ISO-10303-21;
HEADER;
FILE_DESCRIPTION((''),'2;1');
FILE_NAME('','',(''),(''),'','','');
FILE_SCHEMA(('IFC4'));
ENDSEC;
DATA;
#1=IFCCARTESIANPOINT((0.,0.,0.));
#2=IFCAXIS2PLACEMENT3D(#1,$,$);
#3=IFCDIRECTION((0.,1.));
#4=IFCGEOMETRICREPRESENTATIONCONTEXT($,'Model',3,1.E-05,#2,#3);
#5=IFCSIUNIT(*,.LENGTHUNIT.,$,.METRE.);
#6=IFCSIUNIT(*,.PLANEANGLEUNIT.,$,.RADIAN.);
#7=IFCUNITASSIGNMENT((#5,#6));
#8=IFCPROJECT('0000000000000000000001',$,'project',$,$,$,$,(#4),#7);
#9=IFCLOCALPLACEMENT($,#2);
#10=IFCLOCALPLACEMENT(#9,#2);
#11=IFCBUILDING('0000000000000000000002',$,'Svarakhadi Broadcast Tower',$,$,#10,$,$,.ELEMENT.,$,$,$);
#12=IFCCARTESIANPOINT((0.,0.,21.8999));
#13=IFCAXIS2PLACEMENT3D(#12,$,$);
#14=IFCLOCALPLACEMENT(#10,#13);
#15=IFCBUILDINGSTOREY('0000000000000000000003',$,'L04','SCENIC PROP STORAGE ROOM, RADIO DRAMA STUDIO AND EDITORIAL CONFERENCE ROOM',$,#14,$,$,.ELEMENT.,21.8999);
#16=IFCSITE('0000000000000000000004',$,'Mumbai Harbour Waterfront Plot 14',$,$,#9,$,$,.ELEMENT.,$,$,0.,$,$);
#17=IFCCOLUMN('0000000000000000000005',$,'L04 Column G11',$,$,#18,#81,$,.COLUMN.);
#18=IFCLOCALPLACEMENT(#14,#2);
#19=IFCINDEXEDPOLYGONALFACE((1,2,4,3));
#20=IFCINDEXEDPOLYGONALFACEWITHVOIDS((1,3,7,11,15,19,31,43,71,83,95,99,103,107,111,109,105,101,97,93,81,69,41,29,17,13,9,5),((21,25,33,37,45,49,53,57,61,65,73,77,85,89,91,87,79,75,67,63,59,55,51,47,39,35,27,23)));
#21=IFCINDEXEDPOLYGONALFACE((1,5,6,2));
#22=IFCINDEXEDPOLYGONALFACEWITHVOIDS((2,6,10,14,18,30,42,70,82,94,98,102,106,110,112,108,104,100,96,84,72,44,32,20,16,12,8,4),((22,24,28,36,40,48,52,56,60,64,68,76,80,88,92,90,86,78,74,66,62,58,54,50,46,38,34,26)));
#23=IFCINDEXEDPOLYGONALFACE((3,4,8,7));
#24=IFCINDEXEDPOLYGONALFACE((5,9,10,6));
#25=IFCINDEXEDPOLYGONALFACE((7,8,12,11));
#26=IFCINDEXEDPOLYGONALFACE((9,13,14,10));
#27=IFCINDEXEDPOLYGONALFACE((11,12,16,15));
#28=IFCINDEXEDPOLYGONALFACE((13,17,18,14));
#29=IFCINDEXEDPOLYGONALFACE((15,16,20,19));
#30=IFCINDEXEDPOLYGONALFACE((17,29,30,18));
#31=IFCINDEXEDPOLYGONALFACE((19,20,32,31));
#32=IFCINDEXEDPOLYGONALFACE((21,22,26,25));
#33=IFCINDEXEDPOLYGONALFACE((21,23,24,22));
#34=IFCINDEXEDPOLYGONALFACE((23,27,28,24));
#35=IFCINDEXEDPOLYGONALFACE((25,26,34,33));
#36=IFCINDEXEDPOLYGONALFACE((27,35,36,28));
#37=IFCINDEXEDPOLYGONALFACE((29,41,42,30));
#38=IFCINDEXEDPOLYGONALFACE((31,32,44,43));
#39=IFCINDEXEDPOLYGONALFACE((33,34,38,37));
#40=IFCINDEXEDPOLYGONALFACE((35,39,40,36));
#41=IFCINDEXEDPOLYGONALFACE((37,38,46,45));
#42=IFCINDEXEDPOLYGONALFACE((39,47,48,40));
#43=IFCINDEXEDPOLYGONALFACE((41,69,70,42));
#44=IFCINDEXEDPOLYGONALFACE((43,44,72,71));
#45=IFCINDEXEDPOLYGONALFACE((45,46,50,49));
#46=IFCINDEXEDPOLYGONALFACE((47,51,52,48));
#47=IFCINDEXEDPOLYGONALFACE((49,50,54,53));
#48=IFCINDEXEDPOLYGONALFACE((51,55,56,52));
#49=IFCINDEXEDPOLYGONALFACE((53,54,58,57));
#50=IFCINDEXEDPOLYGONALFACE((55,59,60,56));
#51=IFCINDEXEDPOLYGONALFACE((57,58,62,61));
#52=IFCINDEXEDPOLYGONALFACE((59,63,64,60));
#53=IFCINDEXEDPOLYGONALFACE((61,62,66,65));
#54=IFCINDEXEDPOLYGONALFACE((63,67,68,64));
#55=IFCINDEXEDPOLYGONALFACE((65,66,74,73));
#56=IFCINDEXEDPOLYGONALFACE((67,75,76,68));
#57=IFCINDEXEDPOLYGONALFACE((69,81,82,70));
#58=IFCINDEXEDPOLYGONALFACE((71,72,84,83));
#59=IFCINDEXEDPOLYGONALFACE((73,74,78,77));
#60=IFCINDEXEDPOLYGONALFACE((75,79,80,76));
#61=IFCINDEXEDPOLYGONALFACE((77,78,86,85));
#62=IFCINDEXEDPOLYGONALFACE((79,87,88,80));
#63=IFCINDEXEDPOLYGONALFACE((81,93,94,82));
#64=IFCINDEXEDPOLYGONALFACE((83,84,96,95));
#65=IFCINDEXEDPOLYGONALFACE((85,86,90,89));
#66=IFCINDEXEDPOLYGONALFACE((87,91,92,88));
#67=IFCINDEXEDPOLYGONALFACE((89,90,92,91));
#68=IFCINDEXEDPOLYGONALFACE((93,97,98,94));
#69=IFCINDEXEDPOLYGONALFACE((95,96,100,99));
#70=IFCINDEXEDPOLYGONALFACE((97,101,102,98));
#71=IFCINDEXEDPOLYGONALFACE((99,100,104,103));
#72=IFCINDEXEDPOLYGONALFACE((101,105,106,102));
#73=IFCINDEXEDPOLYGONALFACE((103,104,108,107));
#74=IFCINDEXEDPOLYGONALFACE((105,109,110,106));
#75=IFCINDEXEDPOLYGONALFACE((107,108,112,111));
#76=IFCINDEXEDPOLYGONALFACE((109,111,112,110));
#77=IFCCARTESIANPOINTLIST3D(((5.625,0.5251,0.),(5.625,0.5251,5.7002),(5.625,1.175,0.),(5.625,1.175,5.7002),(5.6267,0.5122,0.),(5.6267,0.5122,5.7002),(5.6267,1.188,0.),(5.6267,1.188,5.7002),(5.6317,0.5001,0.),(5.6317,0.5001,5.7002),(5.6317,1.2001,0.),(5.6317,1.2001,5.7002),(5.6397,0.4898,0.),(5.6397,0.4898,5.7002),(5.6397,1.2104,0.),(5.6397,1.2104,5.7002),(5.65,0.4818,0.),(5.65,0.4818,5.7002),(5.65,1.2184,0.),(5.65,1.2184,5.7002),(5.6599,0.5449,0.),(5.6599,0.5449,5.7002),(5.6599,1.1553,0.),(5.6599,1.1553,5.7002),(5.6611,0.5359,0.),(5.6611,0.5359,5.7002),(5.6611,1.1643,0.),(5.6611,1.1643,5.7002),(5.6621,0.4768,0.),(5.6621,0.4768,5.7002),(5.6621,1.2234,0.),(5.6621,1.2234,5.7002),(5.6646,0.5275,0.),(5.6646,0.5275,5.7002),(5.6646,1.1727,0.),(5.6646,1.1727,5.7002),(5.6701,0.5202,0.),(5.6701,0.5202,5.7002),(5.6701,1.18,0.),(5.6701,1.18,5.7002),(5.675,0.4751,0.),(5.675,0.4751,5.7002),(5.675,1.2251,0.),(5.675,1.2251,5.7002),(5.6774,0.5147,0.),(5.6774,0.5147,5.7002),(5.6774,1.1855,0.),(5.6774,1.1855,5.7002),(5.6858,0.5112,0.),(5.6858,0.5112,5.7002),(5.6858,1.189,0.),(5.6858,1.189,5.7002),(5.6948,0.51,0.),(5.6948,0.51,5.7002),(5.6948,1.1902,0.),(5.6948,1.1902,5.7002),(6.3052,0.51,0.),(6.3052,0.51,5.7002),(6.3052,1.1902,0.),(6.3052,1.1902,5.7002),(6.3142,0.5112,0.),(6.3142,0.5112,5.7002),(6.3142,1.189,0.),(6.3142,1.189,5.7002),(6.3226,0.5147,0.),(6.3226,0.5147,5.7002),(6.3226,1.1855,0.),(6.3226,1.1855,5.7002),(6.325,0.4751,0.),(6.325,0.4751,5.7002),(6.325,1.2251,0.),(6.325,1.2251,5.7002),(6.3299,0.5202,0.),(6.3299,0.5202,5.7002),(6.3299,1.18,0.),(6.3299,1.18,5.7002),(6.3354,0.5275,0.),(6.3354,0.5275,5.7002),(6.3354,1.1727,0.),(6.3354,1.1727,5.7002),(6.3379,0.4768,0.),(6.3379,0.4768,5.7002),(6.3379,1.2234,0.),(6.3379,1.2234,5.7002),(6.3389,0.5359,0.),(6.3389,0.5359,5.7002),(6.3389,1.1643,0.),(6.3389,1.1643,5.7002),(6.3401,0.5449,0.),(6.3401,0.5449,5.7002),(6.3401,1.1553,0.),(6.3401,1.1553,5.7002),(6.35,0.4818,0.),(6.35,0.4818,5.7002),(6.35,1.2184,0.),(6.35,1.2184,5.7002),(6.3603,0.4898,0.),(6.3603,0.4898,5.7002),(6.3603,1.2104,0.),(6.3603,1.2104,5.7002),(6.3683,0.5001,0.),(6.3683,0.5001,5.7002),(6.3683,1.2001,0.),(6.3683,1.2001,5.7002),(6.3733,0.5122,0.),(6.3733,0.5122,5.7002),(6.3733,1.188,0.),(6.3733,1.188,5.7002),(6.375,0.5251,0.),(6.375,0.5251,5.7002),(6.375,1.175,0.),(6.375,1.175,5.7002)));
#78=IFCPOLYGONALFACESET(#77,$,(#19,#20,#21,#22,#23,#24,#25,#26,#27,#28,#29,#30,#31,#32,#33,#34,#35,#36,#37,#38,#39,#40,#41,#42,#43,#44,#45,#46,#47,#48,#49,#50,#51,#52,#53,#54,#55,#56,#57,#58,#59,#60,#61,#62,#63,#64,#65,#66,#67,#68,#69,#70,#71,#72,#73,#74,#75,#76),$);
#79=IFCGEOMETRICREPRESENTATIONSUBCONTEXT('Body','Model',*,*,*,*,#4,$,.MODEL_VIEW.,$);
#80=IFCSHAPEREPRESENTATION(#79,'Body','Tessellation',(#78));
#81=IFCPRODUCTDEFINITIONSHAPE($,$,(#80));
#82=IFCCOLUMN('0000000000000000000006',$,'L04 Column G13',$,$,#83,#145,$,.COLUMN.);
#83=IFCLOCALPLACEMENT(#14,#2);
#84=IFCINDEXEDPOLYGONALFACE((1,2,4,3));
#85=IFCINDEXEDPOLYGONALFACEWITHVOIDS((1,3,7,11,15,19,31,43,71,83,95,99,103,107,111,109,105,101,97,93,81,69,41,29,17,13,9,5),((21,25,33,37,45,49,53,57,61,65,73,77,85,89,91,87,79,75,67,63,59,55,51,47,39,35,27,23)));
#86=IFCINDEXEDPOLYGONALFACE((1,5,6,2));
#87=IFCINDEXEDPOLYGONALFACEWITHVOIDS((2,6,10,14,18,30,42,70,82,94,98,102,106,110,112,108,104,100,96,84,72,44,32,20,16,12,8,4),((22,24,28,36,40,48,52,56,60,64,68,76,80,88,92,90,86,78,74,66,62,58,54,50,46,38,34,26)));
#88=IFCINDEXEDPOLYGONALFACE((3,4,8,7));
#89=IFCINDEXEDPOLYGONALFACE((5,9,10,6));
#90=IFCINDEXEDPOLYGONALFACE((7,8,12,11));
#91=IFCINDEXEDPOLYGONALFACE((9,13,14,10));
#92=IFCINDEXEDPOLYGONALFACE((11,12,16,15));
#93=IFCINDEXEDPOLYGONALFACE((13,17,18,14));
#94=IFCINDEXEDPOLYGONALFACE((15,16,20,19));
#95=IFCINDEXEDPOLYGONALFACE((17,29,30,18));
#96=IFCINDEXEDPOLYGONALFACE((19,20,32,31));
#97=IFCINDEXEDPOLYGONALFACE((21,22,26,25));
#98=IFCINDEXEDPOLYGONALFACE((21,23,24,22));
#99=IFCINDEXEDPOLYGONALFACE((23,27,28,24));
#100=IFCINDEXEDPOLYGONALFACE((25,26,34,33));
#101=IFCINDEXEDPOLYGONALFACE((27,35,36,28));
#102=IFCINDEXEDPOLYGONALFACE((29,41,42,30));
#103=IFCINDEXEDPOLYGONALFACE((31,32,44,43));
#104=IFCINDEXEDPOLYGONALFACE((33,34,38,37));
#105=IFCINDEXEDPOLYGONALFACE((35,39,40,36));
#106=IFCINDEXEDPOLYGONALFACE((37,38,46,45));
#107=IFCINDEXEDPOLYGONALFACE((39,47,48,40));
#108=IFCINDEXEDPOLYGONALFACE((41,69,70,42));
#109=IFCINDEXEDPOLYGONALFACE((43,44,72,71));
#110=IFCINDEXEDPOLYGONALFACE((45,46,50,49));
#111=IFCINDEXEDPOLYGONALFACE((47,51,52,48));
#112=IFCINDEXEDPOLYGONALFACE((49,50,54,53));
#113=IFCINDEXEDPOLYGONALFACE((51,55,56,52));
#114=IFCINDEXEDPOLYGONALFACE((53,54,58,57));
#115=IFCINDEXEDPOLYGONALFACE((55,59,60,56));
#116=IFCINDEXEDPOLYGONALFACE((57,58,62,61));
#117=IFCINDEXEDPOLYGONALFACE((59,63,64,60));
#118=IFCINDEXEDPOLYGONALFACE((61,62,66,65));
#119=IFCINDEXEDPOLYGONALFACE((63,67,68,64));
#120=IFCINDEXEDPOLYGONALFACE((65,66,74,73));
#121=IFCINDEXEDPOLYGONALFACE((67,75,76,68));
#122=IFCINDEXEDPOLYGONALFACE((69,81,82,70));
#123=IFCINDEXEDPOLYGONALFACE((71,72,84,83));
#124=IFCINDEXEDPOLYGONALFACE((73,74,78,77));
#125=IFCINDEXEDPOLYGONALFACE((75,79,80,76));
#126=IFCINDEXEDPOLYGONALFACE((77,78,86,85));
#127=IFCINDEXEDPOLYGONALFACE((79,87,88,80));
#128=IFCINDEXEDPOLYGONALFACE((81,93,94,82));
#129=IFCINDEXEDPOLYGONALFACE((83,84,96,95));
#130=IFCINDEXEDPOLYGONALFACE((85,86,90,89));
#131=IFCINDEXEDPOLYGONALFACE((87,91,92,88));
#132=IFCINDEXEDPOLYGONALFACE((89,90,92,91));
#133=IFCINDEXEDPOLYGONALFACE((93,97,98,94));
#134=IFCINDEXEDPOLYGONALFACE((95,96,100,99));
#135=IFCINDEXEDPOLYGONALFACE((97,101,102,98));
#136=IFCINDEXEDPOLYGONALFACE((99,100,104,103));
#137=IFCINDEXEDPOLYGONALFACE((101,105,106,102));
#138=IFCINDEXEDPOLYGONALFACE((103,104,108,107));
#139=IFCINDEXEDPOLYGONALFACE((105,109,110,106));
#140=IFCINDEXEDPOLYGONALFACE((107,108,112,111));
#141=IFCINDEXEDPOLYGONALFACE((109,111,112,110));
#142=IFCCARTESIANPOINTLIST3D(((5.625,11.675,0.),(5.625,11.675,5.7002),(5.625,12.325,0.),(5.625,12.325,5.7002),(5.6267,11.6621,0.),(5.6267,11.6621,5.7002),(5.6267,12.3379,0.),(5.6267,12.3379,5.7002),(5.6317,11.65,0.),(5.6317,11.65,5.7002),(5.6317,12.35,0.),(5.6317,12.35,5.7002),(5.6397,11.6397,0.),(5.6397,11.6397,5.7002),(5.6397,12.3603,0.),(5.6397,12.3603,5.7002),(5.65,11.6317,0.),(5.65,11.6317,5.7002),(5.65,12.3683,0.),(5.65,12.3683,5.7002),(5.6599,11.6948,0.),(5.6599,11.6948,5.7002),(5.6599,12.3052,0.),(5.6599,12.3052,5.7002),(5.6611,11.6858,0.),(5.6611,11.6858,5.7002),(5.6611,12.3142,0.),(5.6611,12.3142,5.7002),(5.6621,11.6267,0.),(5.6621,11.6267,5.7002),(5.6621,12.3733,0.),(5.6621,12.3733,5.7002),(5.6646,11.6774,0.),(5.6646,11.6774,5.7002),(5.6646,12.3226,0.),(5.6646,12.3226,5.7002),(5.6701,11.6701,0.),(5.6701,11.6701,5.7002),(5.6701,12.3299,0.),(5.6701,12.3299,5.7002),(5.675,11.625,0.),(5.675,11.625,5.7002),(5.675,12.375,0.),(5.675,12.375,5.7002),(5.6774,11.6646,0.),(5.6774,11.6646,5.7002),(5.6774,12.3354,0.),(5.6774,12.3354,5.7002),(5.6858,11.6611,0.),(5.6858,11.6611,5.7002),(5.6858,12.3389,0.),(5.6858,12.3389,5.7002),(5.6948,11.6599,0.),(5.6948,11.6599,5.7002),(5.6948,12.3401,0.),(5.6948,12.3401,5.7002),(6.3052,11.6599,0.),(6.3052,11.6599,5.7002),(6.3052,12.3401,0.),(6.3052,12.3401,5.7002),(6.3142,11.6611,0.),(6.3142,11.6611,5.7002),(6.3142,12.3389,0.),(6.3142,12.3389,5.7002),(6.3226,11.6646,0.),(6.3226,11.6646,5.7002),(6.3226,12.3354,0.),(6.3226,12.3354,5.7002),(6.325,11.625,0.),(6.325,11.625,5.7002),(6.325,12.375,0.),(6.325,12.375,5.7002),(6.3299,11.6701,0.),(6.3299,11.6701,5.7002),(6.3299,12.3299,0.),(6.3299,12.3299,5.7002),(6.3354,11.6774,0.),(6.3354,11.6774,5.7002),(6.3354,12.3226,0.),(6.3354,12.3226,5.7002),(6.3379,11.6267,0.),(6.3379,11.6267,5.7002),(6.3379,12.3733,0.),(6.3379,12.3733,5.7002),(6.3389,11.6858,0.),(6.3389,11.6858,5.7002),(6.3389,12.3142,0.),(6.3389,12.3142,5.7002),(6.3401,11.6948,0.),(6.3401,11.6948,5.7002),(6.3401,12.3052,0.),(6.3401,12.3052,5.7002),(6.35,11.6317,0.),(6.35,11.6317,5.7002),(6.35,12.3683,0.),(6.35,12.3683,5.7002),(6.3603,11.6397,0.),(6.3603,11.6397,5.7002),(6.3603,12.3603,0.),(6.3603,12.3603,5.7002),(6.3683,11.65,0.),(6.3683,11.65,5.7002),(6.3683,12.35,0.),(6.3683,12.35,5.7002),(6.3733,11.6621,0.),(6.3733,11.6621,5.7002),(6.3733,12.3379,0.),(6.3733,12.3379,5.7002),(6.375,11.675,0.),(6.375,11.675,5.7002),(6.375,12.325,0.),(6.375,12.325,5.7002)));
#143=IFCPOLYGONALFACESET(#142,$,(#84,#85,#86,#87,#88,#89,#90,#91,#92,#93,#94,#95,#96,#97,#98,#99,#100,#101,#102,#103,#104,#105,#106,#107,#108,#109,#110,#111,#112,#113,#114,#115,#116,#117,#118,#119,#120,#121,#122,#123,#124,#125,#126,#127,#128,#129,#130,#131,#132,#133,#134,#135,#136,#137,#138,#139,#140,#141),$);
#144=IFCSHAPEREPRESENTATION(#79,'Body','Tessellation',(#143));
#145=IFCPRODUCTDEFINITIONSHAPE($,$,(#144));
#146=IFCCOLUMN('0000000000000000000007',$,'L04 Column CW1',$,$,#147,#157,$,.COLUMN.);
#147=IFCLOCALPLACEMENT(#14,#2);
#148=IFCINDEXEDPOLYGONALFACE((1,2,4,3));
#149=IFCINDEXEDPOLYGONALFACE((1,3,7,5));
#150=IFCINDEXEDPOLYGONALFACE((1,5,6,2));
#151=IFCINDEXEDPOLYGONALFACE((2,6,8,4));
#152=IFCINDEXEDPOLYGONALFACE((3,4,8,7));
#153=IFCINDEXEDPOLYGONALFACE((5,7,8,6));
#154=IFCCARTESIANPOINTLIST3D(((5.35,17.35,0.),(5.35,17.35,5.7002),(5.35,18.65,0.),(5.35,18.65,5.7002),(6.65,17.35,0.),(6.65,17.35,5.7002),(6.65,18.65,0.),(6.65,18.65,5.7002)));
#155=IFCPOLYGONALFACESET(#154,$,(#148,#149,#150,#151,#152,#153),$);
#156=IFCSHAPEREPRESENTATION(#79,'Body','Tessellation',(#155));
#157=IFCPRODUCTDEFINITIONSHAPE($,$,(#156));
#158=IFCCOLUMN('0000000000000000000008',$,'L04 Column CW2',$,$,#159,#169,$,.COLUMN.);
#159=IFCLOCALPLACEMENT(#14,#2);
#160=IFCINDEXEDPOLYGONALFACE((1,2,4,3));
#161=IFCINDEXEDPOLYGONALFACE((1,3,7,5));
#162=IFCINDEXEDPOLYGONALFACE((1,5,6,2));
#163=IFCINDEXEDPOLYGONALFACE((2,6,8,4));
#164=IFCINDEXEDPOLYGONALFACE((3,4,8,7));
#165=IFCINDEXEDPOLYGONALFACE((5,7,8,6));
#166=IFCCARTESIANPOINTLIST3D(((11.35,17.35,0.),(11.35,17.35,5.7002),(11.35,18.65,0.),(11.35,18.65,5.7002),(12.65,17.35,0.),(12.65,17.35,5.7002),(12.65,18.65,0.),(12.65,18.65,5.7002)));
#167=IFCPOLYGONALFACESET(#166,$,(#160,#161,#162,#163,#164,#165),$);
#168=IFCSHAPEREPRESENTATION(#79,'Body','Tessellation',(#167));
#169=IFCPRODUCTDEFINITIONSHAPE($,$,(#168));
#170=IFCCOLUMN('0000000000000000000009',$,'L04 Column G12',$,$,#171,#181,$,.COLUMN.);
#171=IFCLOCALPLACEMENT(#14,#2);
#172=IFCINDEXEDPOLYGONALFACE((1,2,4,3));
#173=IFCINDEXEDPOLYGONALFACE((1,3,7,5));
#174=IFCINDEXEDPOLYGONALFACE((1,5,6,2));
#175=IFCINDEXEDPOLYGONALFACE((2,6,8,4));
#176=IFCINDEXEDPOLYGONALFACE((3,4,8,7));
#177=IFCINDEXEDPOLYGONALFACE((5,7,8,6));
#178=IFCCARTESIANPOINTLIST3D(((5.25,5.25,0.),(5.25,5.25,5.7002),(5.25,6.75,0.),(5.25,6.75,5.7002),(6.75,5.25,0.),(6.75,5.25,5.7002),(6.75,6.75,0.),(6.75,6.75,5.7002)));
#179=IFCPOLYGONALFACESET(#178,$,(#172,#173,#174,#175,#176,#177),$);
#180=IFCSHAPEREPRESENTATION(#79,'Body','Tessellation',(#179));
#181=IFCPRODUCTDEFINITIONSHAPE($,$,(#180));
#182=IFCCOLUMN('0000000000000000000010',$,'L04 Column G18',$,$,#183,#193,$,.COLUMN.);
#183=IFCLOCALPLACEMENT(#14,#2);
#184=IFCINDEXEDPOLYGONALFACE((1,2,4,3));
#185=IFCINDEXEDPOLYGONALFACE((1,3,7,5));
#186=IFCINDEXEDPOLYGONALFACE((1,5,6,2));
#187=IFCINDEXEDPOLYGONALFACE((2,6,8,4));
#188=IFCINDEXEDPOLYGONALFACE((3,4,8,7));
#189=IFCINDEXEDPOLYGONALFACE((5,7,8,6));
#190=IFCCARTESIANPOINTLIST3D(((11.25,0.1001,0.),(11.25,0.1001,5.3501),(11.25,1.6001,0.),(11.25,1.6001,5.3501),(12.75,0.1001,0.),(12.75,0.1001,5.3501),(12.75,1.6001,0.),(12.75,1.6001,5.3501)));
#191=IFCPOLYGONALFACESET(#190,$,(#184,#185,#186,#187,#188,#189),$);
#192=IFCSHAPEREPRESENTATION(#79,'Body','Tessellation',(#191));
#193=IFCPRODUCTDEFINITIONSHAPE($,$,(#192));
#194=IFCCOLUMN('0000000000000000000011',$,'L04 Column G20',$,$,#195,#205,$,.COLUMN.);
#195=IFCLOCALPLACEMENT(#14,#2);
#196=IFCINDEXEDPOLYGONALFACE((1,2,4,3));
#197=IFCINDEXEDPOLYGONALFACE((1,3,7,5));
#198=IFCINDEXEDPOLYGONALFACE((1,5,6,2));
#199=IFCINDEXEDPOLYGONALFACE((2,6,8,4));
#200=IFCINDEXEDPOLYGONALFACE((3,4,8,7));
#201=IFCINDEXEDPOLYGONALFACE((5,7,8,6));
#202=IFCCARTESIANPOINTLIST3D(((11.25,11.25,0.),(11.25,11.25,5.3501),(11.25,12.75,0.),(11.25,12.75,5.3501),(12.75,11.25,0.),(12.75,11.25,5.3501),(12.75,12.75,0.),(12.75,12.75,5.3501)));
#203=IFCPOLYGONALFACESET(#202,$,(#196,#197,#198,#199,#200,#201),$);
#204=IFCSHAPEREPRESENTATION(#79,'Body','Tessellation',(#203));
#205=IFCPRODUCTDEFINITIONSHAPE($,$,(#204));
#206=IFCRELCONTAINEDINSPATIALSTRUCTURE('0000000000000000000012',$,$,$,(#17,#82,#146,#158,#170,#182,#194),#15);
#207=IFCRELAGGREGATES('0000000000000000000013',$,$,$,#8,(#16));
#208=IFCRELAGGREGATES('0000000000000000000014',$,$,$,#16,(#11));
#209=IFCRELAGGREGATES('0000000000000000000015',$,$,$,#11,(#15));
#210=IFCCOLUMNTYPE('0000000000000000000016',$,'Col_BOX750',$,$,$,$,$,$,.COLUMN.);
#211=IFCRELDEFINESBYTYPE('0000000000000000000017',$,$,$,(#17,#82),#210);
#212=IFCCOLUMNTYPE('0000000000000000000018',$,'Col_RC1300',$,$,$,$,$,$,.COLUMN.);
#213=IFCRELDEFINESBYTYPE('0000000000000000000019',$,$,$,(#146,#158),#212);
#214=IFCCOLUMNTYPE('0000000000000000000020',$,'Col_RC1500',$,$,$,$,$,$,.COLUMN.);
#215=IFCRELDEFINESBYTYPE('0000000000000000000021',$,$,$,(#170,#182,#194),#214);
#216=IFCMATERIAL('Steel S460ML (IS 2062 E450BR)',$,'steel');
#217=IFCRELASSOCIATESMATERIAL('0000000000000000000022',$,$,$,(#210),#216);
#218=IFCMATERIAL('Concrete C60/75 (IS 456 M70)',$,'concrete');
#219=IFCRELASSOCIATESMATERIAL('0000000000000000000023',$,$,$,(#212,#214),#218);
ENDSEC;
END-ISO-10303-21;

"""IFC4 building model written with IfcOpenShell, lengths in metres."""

from ifc_helpers import new_model, si_unit, direction, frame, origin, origin_2d, place, context, subcontext, project, spatial, rectangle, hollow_rectangle, extrude, material, material_profile, profile_set, type_object, element, save


model = new_model("IFC4")

# Units and contexts
model_context = context("Model", 3, precision=1e-05, world=origin(), true_north=direction((0.0, 1.0)))
body_context = subcontext(model_context, "Body", "Model", "MODEL_VIEW")
ifc_project = project(units=[si_unit("LENGTHUNIT", "METRE"), si_unit("PLANEANGLEUNIT", "RADIAN")], contexts=[model_context])

# Site, building, storey
site_placement = place(None, origin())
site = spatial("IfcSite", under=ifc_project, at=site_placement, Name="Mumbai Harbour Waterfront Plot 14", CompositionType="ELEMENT", RefElevation=0.0)
building_placement = place(site_placement, origin())
building = spatial("IfcBuilding", under=site, at=building_placement, Name="Svarakhadi Broadcast Tower", CompositionType="ELEMENT")
storey_placement = place(building_placement, frame((0.0, 0.0, 21.8999)))
storey = spatial("IfcBuildingStorey", under=building, at=storey_placement, Name="L04", Description="SCENIC PROP STORAGE ROOM, RADIO DRAMA STUDIO AND EDITORIAL CONFERENCE ROOM", CompositionType="ELEMENT", Elevation=21.8999)

# Columns
ifc_material_1 = material(Name="Steel S460ML (IS 2062 E450BR)", Category="steel")
ifc_material_profile_1 = material_profile(ifc_material_1, hollow_rectangle(XDim=0.75, YDim=0.75, WallThickness=0.0349, InnerFilletRadius=0.0349, OuterFilletRadius=0.05, at=origin_2d()), Name="BOX 750x750x35")
ifc_profile_set_1 = profile_set([ifc_material_profile_1], Name="Steel S460ML (IS 2062 E450BR)")
column_type_1 = type_object("IfcColumnType", Name="Col_BOX750", PredefinedType="COLUMN", material=ifc_profile_set_1)
for number, where, z_axis, x_axis, name in (
    (1, (6.0, 0.8501, 0.0), (0.0, 0.0, 1.0), (1.0, 0.0, 0.0), "L04 Column G11"),
    (2, (6.0, 12.0, 0.0), (0.0, 0.0, 1.0), (1.0, 0.0, 0.0), "L04 Column G13"),
):
    element("IfcColumn", number, at=place(storey_placement, frame(where, z_axis=z_axis, x_axis=x_axis)), inside=storey, type_object=column_type_1, Name=name, PredefinedType="COLUMN", context=body_context, shape_type="SweptSolid", body=[
        extrude(hollow_rectangle(XDim=0.75, YDim=0.75, WallThickness=0.0349, InnerFilletRadius=0.0349, OuterFilletRadius=0.05, at=origin_2d()), origin(), (0.0, 0.0, 1.0), 5.7002),
    ])
ifc_material_2 = material(Name="Concrete C60/75 (IS 456 M70)", Category="concrete")
ifc_material_profile_2 = material_profile(ifc_material_2, rectangle(XDim=1.3, YDim=1.3, at=origin_2d()), Name="RC 1300x1300")
ifc_profile_set_2 = profile_set([ifc_material_profile_2], Name="Concrete C60/75 (IS 456 M70)")
column_type_2 = type_object("IfcColumnType", Name="Col_RC1300", PredefinedType="COLUMN", material=ifc_profile_set_2)
for number, where, z_axis, x_axis, name in (
    (3, (6.0, 18.0, 0.0), (0.0, 0.0, 1.0), (1.0, 0.0, 0.0), "L04 Column CW1"),
    (4, (12.0, 18.0, 0.0), (0.0, 0.0, 1.0), (1.0, 0.0, 0.0), "L04 Column CW2"),
):
    element("IfcColumn", number, at=place(storey_placement, frame(where, z_axis=z_axis, x_axis=x_axis)), inside=storey, type_object=column_type_2, Name=name, PredefinedType="COLUMN", context=body_context, shape_type="SweptSolid", body=[
        extrude(rectangle(XDim=1.3, YDim=1.3, at=origin_2d()), origin(), (0.0, 0.0, 1.0), 5.7002),
    ])
ifc_material_profile_3 = material_profile(ifc_material_2, rectangle(XDim=1.5, YDim=1.5, at=origin_2d()), Name="RC 1500x1500")
ifc_profile_set_3 = profile_set([ifc_material_profile_3], Name="Concrete C60/75 (IS 456 M70)")
column_type_3 = type_object("IfcColumnType", Name="Col_RC1500", PredefinedType="COLUMN", material=ifc_profile_set_3)
column_placement = place(storey_placement, frame((6.0, 6.0, 0.0), z_axis=(0.0, 0.0, 1.0), x_axis=(1.0, 0.0, 0.0)))
element("IfcColumn", 5, at=column_placement, inside=storey, type_object=column_type_3, Name="L04 Column G12", PredefinedType="COLUMN", context=body_context, shape_type="SweptSolid", body=[
    extrude(rectangle(XDim=1.5, YDim=1.5, at=origin_2d()), origin(), (0.0, 0.0, 1.0), 5.7002),
])
for number, where, z_axis, x_axis, name in (
    (6, (12.0, 0.8501, 0.0), (0.0, 0.0, 1.0), (1.0, 0.0, 0.0), "L04 Column G18"),
    (7, (12.0, 12.0, 0.0), (0.0, 0.0, 1.0), (1.0, 0.0, 0.0), "L04 Column G20"),
):
    element("IfcColumn", number, at=place(storey_placement, frame(where, z_axis=z_axis, x_axis=x_axis)), inside=storey, type_object=column_type_3, Name=name, PredefinedType="COLUMN", context=body_context, shape_type="SweptSolid", body=[
        extrude(rectangle(XDim=1.5, YDim=1.5, at=origin_2d()), origin(), (0.0, 0.0, 1.0), 5.3501),
    ])

save(model, "model.ifc")
